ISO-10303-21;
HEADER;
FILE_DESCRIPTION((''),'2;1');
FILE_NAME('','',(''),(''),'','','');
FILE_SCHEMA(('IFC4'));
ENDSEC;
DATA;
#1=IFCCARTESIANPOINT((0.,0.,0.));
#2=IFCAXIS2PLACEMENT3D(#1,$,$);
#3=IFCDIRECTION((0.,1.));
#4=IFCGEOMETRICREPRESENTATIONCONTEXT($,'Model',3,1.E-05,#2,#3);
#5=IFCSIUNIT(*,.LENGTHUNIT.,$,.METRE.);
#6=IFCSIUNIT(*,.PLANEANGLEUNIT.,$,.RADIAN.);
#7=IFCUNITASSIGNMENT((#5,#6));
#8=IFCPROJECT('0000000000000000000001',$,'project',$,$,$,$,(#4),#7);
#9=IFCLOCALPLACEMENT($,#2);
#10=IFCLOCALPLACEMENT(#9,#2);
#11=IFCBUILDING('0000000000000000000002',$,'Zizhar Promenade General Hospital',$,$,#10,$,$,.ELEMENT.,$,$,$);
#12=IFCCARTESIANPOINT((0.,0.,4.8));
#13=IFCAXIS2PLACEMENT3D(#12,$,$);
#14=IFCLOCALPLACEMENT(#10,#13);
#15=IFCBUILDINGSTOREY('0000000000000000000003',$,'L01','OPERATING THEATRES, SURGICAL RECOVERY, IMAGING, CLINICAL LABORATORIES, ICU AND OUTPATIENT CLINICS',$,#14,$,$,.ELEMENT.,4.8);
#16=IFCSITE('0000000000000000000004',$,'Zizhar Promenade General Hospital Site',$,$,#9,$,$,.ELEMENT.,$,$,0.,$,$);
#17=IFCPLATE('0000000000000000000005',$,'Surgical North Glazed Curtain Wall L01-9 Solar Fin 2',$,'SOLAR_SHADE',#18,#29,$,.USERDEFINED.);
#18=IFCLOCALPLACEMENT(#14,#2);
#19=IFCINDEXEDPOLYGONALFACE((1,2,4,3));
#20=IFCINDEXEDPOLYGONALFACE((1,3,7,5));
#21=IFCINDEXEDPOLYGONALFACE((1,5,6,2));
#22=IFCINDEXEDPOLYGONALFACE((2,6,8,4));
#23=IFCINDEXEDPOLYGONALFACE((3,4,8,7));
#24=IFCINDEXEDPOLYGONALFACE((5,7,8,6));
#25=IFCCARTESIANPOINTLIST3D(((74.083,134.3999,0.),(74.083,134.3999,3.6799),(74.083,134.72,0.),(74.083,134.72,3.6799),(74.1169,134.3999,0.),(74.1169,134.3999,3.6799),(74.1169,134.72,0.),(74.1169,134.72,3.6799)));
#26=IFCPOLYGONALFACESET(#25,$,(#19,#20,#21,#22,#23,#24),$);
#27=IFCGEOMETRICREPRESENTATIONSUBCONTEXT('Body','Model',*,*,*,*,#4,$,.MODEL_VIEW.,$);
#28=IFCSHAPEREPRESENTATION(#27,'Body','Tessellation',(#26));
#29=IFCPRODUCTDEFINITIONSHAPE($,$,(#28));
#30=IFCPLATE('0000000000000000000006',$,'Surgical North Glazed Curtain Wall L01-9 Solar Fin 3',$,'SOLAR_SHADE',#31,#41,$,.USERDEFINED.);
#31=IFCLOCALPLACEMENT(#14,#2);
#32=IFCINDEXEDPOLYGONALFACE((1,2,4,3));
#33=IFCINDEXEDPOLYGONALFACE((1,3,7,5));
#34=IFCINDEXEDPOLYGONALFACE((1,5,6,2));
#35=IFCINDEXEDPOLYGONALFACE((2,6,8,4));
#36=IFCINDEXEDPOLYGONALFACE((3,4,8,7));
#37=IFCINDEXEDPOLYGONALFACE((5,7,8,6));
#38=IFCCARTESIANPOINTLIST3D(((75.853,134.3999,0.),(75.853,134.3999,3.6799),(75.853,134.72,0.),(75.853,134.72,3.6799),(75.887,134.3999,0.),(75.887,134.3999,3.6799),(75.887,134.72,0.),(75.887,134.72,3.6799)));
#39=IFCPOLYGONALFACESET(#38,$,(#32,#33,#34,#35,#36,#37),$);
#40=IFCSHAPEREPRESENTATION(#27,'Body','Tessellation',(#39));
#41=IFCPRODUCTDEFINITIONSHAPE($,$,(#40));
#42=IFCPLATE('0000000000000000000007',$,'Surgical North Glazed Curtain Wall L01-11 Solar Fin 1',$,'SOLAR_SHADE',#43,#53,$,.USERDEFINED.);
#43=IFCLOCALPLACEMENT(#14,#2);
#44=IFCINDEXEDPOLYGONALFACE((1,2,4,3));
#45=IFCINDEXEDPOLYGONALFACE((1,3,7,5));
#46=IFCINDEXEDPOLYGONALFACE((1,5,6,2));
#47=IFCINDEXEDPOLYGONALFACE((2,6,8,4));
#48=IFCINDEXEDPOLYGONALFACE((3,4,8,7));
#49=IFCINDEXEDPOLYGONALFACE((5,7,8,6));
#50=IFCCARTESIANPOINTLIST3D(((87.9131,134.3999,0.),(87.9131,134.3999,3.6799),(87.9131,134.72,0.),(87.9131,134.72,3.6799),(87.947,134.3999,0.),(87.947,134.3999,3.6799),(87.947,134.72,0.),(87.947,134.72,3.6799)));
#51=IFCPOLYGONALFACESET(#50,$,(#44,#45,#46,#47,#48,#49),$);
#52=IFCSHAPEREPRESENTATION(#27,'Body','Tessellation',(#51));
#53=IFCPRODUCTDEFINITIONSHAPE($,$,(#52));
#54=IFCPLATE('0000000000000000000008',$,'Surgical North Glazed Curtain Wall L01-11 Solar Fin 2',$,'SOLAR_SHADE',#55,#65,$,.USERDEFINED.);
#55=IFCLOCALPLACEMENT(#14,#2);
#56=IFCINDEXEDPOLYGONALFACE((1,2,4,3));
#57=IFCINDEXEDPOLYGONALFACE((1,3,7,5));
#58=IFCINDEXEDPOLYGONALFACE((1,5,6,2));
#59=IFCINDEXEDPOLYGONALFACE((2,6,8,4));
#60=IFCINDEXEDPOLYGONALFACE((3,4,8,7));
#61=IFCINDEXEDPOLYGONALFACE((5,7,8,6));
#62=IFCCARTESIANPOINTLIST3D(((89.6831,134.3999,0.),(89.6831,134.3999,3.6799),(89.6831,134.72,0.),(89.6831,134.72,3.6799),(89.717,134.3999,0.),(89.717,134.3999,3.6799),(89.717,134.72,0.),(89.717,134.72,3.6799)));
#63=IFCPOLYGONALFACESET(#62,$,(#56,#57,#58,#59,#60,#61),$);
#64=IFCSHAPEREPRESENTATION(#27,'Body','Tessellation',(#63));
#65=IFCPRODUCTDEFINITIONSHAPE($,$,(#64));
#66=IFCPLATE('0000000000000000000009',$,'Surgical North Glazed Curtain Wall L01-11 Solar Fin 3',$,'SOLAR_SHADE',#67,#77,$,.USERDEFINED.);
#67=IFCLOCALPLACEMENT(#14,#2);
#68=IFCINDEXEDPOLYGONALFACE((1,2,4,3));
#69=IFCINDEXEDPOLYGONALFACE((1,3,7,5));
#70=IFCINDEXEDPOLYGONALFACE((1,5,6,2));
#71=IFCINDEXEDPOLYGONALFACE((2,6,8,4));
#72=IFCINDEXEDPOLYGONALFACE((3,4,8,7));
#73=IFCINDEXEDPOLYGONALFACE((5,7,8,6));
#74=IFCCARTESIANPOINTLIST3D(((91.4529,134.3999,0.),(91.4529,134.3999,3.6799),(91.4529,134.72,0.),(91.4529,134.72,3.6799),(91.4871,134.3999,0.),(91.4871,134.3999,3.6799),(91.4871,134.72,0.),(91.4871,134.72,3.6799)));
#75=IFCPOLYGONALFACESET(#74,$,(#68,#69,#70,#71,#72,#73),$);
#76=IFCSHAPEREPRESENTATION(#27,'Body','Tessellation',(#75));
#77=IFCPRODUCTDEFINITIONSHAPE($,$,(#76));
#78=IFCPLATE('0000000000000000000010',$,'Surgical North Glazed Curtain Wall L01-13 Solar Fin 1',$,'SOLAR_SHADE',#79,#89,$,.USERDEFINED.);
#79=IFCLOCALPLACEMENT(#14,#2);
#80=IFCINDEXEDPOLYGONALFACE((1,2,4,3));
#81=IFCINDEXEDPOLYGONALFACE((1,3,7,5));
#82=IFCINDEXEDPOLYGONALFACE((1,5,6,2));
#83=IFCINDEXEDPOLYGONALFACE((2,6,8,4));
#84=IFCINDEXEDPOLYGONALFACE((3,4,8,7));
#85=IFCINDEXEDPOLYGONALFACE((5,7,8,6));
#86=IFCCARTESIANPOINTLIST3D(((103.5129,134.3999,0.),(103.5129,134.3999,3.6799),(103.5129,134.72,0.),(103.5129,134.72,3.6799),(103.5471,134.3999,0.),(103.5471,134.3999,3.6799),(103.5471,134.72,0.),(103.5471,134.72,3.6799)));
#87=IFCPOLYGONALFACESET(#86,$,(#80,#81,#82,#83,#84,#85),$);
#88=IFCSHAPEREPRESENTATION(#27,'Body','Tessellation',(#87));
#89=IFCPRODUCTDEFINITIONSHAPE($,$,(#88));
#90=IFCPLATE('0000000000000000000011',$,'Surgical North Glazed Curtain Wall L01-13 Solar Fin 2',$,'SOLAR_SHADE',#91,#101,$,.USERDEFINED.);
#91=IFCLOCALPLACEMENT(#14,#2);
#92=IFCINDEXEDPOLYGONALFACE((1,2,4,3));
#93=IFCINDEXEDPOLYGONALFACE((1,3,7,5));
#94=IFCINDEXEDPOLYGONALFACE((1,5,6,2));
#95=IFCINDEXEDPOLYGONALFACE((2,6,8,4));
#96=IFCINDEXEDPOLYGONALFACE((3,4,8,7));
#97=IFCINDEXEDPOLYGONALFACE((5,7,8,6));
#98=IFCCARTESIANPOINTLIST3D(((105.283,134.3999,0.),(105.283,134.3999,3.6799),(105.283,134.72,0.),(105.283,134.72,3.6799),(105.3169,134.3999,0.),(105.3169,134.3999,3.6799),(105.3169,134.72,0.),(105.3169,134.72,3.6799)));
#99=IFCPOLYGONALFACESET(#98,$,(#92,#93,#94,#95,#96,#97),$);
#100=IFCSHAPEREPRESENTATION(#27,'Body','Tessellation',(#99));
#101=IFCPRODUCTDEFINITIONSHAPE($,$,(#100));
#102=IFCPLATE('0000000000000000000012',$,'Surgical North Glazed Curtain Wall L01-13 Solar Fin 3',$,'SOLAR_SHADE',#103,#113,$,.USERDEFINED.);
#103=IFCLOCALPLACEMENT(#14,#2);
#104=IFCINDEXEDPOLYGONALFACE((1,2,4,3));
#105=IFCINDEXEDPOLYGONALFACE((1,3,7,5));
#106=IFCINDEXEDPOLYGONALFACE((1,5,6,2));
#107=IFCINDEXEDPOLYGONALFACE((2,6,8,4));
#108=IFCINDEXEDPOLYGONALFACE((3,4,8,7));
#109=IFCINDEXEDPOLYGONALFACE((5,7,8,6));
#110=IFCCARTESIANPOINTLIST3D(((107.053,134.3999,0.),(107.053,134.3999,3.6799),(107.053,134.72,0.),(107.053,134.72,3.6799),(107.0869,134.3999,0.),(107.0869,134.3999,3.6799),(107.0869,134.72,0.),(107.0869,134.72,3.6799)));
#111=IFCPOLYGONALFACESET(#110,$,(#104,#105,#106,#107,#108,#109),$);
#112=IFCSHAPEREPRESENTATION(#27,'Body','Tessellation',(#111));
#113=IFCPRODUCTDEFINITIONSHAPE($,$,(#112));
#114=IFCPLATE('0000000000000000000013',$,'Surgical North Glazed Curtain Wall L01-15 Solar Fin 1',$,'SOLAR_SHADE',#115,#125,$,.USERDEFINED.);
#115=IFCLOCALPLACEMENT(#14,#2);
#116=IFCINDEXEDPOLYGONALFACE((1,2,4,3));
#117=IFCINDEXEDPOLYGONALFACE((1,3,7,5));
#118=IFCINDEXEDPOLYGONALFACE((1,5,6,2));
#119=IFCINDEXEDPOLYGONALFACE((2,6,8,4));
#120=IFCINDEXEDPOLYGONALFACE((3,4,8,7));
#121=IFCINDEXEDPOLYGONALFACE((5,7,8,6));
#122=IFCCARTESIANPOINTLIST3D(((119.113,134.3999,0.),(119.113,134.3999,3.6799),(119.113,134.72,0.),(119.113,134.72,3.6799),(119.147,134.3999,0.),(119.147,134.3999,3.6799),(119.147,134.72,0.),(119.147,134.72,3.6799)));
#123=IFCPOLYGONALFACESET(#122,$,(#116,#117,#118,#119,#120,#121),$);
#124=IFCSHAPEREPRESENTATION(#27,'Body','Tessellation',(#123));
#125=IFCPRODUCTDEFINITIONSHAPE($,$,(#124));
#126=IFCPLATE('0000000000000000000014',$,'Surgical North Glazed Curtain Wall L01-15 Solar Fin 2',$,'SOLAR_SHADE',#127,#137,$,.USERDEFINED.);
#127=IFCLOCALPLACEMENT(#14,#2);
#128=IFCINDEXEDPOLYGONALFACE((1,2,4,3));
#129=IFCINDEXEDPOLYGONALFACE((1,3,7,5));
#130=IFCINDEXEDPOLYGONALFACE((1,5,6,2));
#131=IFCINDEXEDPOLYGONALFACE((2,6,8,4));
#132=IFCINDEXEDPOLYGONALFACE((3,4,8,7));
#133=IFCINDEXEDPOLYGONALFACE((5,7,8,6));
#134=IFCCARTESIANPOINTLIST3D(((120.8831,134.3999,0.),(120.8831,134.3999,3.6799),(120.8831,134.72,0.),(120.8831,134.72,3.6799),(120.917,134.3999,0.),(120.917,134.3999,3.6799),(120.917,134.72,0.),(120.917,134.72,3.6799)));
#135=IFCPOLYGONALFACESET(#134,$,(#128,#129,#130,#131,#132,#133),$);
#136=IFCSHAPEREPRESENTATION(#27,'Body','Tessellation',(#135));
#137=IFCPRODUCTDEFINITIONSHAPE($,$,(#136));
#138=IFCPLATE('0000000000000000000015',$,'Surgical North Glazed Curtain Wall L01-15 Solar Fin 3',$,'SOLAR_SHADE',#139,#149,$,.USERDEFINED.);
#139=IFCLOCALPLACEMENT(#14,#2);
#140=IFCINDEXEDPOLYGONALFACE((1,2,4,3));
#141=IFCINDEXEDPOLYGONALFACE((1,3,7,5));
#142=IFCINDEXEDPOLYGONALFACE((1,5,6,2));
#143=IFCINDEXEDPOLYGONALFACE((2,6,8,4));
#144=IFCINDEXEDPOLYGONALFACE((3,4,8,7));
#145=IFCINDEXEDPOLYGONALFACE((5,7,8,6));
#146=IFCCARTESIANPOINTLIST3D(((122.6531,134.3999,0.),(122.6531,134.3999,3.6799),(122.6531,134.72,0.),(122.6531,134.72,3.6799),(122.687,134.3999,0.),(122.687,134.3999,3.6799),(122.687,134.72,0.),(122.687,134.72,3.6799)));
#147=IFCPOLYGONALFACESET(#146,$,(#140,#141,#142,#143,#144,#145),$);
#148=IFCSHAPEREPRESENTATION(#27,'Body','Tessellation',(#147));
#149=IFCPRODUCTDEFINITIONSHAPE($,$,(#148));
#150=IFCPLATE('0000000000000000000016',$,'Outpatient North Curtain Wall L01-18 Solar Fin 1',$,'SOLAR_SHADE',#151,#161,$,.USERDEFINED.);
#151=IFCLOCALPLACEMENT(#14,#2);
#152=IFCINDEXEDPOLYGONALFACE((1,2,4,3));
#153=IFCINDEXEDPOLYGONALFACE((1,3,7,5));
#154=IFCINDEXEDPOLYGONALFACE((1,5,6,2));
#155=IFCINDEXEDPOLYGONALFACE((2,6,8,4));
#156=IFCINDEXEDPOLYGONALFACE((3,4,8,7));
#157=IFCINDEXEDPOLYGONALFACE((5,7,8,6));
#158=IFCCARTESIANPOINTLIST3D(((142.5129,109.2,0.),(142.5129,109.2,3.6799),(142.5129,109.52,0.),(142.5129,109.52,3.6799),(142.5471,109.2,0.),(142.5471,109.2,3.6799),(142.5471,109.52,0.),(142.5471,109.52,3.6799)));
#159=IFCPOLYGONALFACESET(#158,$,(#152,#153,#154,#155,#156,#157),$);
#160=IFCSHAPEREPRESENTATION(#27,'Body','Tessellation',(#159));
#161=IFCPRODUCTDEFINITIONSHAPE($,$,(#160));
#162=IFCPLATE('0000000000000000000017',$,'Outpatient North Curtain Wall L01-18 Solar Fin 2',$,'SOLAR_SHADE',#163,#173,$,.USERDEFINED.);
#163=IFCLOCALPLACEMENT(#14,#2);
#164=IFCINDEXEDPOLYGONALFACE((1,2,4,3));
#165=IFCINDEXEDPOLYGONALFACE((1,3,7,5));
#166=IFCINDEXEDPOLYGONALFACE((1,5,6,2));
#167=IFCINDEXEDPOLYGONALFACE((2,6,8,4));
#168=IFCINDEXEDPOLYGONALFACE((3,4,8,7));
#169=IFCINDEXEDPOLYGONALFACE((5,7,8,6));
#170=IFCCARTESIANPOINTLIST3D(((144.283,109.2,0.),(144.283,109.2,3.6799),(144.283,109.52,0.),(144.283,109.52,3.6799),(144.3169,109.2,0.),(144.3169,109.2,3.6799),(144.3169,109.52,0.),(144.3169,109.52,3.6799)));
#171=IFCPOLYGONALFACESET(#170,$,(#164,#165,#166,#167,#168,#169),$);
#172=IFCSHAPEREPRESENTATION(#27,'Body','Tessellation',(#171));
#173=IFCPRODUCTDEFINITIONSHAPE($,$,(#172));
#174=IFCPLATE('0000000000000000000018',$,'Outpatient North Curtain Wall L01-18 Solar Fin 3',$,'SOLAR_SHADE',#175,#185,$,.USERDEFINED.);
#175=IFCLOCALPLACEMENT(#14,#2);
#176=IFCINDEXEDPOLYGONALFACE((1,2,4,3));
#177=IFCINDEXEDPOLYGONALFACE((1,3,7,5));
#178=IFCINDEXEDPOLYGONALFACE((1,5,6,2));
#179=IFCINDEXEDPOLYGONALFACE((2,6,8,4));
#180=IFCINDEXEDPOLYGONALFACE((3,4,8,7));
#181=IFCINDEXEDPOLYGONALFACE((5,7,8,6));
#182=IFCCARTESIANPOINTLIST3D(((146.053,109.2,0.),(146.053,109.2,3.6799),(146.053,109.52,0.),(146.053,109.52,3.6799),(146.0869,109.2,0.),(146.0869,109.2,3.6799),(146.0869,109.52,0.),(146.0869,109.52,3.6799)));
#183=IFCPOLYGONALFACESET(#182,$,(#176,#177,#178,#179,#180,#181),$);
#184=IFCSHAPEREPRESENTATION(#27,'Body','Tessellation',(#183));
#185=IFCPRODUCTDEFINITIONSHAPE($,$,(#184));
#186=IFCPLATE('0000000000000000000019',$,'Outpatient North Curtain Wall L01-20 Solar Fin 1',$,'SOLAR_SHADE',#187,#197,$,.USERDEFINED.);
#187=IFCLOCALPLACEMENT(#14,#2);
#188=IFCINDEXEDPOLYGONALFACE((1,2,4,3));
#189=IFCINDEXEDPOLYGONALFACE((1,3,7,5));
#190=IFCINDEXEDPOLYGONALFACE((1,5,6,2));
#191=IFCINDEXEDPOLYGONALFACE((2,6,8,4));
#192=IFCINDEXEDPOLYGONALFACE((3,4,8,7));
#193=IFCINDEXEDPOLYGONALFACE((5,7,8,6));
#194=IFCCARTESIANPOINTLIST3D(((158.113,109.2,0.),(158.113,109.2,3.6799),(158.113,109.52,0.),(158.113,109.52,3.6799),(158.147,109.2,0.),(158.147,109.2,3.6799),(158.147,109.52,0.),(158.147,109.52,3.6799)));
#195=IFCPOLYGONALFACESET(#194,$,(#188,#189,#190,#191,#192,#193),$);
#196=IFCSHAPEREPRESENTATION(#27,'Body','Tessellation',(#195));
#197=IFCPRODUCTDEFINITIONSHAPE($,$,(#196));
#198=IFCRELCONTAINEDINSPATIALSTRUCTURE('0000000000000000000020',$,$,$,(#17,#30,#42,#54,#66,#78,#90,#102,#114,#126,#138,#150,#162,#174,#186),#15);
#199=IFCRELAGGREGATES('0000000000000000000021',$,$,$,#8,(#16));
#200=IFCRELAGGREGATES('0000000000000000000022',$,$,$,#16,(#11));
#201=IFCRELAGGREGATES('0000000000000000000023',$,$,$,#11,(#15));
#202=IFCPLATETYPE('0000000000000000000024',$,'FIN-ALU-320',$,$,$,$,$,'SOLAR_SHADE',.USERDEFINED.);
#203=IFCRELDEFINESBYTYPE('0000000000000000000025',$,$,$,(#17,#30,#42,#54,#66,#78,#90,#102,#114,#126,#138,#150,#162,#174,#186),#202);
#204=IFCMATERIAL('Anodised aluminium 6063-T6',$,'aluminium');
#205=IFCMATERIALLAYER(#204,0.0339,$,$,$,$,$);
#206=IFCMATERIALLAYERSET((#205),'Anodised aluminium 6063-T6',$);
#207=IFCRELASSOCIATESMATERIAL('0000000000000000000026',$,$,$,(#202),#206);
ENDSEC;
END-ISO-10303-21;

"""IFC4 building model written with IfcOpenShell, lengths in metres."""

from ifc_helpers import new_model, si_unit, direction, frame, origin, place, context, subcontext, project, spatial, polyline, outline, extrude, material, layer, layer_set, type_object, element, save


model = new_model("IFC4")

# Units and contexts
model_context = context("Model", 3, precision=1e-05, world=origin(), true_north=direction((0.0, 1.0)))
body_context = subcontext(model_context, "Body", "Model", "MODEL_VIEW")
ifc_project = project(units=[si_unit("LENGTHUNIT", "METRE"), si_unit("PLANEANGLEUNIT", "RADIAN")], contexts=[model_context])

# Site, building, storey
site_placement = place(None, origin())
site = spatial("IfcSite", under=ifc_project, at=site_placement, Name="Zizhar Promenade General Hospital Site", CompositionType="ELEMENT", RefElevation=0.0)
building_placement = place(site_placement, origin())
building = spatial("IfcBuilding", under=site, at=building_placement, Name="Zizhar Promenade General Hospital", CompositionType="ELEMENT")
storey_placement = place(building_placement, frame((0.0, 0.0, 4.8)))
storey = spatial("IfcBuildingStorey", under=building, at=storey_placement, Name="L01", Description="OPERATING THEATRES, SURGICAL RECOVERY, IMAGING, CLINICAL LABORATORIES, ICU AND OUTPATIENT CLINICS", CompositionType="ELEMENT", Elevation=4.8)

# Plates
ifc_material = material(Name="Anodised aluminium 6063-T6", Category="aluminium")
ifc_layer = layer(ifc_material, 0.0339)
ifc_layer_set = layer_set([ifc_layer], Name="Anodised aluminium 6063-T6")
plate_type = type_object("IfcPlateType", Name="FIN-ALU-320", ElementType="SOLAR_SHADE", PredefinedType="USERDEFINED", material=ifc_layer_set)
plate_1_placement = place(storey_placement, origin())
element("IfcPlate", 1, at=plate_1_placement, inside=storey, type_object=plate_type, Name="Surgical North Glazed Curtain Wall L01-9 Solar Fin 2", ObjectType="SOLAR_SHADE", PredefinedType="USERDEFINED", context=body_context, shape_type="SweptSolid", body=[
    extrude(outline(polyline([(74.083, 134.3999), (74.1169, 134.3999), (74.1169, 134.72), (74.083, 134.72), (74.083, 134.3999)])), origin(), (0.0, 0.0, 1.0), 3.6799),
])
plate_2_placement = place(storey_placement, origin())
element("IfcPlate", 2, at=plate_2_placement, inside=storey, type_object=plate_type, Name="Surgical North Glazed Curtain Wall L01-9 Solar Fin 3", ObjectType="SOLAR_SHADE", PredefinedType="USERDEFINED", context=body_context, shape_type="SweptSolid", body=[
    extrude(outline(polyline([(75.853, 134.3999), (75.887, 134.3999), (75.887, 134.72), (75.853, 134.72), (75.853, 134.3999)])), origin(), (0.0, 0.0, 1.0), 3.6799),
])
plate_3_placement = place(storey_placement, origin())
element("IfcPlate", 3, at=plate_3_placement, inside=storey, type_object=plate_type, Name="Surgical North Glazed Curtain Wall L01-11 Solar Fin 1", ObjectType="SOLAR_SHADE", PredefinedType="USERDEFINED", context=body_context, shape_type="SweptSolid", body=[
    extrude(outline(polyline([(87.9131, 134.3999), (87.947, 134.3999), (87.947, 134.72), (87.9131, 134.72), (87.9131, 134.3999)])), origin(), (0.0, 0.0, 1.0), 3.6799),
])
plate_4_placement = place(storey_placement, origin())
element("IfcPlate", 4, at=plate_4_placement, inside=storey, type_object=plate_type, Name="Surgical North Glazed Curtain Wall L01-11 Solar Fin 2", ObjectType="SOLAR_SHADE", PredefinedType="USERDEFINED", context=body_context, shape_type="SweptSolid", body=[
    extrude(outline(polyline([(89.6831, 134.3999), (89.717, 134.3999), (89.717, 134.72), (89.6831, 134.72), (89.6831, 134.3999)])), origin(), (0.0, 0.0, 1.0), 3.6799),
])
plate_5_placement = place(storey_placement, origin())
element("IfcPlate", 5, at=plate_5_placement, inside=storey, type_object=plate_type, Name="Surgical North Glazed Curtain Wall L01-11 Solar Fin 3", ObjectType="SOLAR_SHADE", PredefinedType="USERDEFINED", context=body_context, shape_type="SweptSolid", body=[
    extrude(outline(polyline([(91.4529, 134.3999), (91.4871, 134.3999), (91.4871, 134.72), (91.4529, 134.72), (91.4529, 134.3999)])), origin(), (0.0, 0.0, 1.0), 3.6799),
])
plate_6_placement = place(storey_placement, origin())
element("IfcPlate", 6, at=plate_6_placement, inside=storey, type_object=plate_type, Name="Surgical North Glazed Curtain Wall L01-13 Solar Fin 1", ObjectType="SOLAR_SHADE", PredefinedType="USERDEFINED", context=body_context, shape_type="SweptSolid", body=[
    extrude(outline(polyline([(103.5129, 134.3999), (103.5471, 134.3999), (103.5471, 134.72), (103.5129, 134.72), (103.5129, 134.3999)])), origin(), (0.0, 0.0, 1.0), 3.6799),
])
plate_7_placement = place(storey_placement, origin())
element("IfcPlate", 7, at=plate_7_placement, inside=storey, type_object=plate_type, Name="Surgical North Glazed Curtain Wall L01-13 Solar Fin 2", ObjectType="SOLAR_SHADE", PredefinedType="USERDEFINED", context=body_context, shape_type="SweptSolid", body=[
    extrude(outline(polyline([(105.283, 134.3999), (105.3169, 134.3999), (105.3169, 134.72), (105.283, 134.72), (105.283, 134.3999)])), origin(), (0.0, 0.0, 1.0), 3.6799),
])
plate_8_placement = place(storey_placement, origin())
element("IfcPlate", 8, at=plate_8_placement, inside=storey, type_object=plate_type, Name="Surgical North Glazed Curtain Wall L01-13 Solar Fin 3", ObjectType="SOLAR_SHADE", PredefinedType="USERDEFINED", context=body_context, shape_type="SweptSolid", body=[
    extrude(outline(polyline([(107.053, 134.3999), (107.0869, 134.3999), (107.0869, 134.72), (107.053, 134.72), (107.053, 134.3999)])), origin(), (0.0, 0.0, 1.0), 3.6799),
])
plate_9_placement = place(storey_placement, origin())
element("IfcPlate", 9, at=plate_9_placement, inside=storey, type_object=plate_type, Name="Surgical North Glazed Curtain Wall L01-15 Solar Fin 1", ObjectType="SOLAR_SHADE", PredefinedType="USERDEFINED", context=body_context, shape_type="SweptSolid", body=[
    extrude(outline(polyline([(119.113, 134.3999), (119.147, 134.3999), (119.147, 134.72), (119.113, 134.72), (119.113, 134.3999)])), origin(), (0.0, 0.0, 1.0), 3.6799),
])
plate_10_placement = place(storey_placement, origin())
element("IfcPlate", 10, at=plate_10_placement, inside=storey, type_object=plate_type, Name="Surgical North Glazed Curtain Wall L01-15 Solar Fin 2", ObjectType="SOLAR_SHADE", PredefinedType="USERDEFINED", context=body_context, shape_type="SweptSolid", body=[
    extrude(outline(polyline([(120.8831, 134.3999), (120.917, 134.3999), (120.917, 134.72), (120.8831, 134.72), (120.8831, 134.3999)])), origin(), (0.0, 0.0, 1.0), 3.6799),
])
plate_11_placement = place(storey_placement, origin())
element("IfcPlate", 11, at=plate_11_placement, inside=storey, type_object=plate_type, Name="Surgical North Glazed Curtain Wall L01-15 Solar Fin 3", ObjectType="SOLAR_SHADE", PredefinedType="USERDEFINED", context=body_context, shape_type="SweptSolid", body=[
    extrude(outline(polyline([(122.6531, 134.3999), (122.687, 134.3999), (122.687, 134.72), (122.6531, 134.72), (122.6531, 134.3999)])), origin(), (0.0, 0.0, 1.0), 3.6799),
])
plate_12_placement = place(storey_placement, origin())
element("IfcPlate", 12, at=plate_12_placement, inside=storey, type_object=plate_type, Name="Outpatient North Curtain Wall L01-18 Solar Fin 1", ObjectType="SOLAR_SHADE", PredefinedType="USERDEFINED", context=body_context, shape_type="SweptSolid", body=[
    extrude(outline(polyline([(142.5129, 109.2), (142.5471, 109.2), (142.5471, 109.52), (142.5129, 109.52), (142.5129, 109.2)])), origin(), (0.0, 0.0, 1.0), 3.6799),
])
plate_13_placement = place(storey_placement, origin())
element("IfcPlate", 13, at=plate_13_placement, inside=storey, type_object=plate_type, Name="Outpatient North Curtain Wall L01-18 Solar Fin 2", ObjectType="SOLAR_SHADE", PredefinedType="USERDEFINED", context=body_context, shape_type="SweptSolid", body=[
    extrude(outline(polyline([(144.283, 109.2), (144.3169, 109.2), (144.3169, 109.52), (144.283, 109.52), (144.283, 109.2)])), origin(), (0.0, 0.0, 1.0), 3.6799),
])
plate_14_placement = place(storey_placement, origin())
element("IfcPlate", 14, at=plate_14_placement, inside=storey, type_object=plate_type, Name="Outpatient North Curtain Wall L01-18 Solar Fin 3", ObjectType="SOLAR_SHADE", PredefinedType="USERDEFINED", context=body_context, shape_type="SweptSolid", body=[
    extrude(outline(polyline([(146.053, 109.2), (146.0869, 109.2), (146.0869, 109.52), (146.053, 109.52), (146.053, 109.2)])), origin(), (0.0, 0.0, 1.0), 3.6799),
])
plate_15_placement = place(storey_placement, origin())
element("IfcPlate", 15, at=plate_15_placement, inside=storey, type_object=plate_type, Name="Outpatient North Curtain Wall L01-20 Solar Fin 1", ObjectType="SOLAR_SHADE", PredefinedType="USERDEFINED", context=body_context, shape_type="SweptSolid", body=[
    extrude(outline(polyline([(158.113, 109.2), (158.147, 109.2), (158.147, 109.52), (158.113, 109.52), (158.113, 109.2)])), origin(), (0.0, 0.0, 1.0), 3.6799),
])

save(model, "model.ifc")
